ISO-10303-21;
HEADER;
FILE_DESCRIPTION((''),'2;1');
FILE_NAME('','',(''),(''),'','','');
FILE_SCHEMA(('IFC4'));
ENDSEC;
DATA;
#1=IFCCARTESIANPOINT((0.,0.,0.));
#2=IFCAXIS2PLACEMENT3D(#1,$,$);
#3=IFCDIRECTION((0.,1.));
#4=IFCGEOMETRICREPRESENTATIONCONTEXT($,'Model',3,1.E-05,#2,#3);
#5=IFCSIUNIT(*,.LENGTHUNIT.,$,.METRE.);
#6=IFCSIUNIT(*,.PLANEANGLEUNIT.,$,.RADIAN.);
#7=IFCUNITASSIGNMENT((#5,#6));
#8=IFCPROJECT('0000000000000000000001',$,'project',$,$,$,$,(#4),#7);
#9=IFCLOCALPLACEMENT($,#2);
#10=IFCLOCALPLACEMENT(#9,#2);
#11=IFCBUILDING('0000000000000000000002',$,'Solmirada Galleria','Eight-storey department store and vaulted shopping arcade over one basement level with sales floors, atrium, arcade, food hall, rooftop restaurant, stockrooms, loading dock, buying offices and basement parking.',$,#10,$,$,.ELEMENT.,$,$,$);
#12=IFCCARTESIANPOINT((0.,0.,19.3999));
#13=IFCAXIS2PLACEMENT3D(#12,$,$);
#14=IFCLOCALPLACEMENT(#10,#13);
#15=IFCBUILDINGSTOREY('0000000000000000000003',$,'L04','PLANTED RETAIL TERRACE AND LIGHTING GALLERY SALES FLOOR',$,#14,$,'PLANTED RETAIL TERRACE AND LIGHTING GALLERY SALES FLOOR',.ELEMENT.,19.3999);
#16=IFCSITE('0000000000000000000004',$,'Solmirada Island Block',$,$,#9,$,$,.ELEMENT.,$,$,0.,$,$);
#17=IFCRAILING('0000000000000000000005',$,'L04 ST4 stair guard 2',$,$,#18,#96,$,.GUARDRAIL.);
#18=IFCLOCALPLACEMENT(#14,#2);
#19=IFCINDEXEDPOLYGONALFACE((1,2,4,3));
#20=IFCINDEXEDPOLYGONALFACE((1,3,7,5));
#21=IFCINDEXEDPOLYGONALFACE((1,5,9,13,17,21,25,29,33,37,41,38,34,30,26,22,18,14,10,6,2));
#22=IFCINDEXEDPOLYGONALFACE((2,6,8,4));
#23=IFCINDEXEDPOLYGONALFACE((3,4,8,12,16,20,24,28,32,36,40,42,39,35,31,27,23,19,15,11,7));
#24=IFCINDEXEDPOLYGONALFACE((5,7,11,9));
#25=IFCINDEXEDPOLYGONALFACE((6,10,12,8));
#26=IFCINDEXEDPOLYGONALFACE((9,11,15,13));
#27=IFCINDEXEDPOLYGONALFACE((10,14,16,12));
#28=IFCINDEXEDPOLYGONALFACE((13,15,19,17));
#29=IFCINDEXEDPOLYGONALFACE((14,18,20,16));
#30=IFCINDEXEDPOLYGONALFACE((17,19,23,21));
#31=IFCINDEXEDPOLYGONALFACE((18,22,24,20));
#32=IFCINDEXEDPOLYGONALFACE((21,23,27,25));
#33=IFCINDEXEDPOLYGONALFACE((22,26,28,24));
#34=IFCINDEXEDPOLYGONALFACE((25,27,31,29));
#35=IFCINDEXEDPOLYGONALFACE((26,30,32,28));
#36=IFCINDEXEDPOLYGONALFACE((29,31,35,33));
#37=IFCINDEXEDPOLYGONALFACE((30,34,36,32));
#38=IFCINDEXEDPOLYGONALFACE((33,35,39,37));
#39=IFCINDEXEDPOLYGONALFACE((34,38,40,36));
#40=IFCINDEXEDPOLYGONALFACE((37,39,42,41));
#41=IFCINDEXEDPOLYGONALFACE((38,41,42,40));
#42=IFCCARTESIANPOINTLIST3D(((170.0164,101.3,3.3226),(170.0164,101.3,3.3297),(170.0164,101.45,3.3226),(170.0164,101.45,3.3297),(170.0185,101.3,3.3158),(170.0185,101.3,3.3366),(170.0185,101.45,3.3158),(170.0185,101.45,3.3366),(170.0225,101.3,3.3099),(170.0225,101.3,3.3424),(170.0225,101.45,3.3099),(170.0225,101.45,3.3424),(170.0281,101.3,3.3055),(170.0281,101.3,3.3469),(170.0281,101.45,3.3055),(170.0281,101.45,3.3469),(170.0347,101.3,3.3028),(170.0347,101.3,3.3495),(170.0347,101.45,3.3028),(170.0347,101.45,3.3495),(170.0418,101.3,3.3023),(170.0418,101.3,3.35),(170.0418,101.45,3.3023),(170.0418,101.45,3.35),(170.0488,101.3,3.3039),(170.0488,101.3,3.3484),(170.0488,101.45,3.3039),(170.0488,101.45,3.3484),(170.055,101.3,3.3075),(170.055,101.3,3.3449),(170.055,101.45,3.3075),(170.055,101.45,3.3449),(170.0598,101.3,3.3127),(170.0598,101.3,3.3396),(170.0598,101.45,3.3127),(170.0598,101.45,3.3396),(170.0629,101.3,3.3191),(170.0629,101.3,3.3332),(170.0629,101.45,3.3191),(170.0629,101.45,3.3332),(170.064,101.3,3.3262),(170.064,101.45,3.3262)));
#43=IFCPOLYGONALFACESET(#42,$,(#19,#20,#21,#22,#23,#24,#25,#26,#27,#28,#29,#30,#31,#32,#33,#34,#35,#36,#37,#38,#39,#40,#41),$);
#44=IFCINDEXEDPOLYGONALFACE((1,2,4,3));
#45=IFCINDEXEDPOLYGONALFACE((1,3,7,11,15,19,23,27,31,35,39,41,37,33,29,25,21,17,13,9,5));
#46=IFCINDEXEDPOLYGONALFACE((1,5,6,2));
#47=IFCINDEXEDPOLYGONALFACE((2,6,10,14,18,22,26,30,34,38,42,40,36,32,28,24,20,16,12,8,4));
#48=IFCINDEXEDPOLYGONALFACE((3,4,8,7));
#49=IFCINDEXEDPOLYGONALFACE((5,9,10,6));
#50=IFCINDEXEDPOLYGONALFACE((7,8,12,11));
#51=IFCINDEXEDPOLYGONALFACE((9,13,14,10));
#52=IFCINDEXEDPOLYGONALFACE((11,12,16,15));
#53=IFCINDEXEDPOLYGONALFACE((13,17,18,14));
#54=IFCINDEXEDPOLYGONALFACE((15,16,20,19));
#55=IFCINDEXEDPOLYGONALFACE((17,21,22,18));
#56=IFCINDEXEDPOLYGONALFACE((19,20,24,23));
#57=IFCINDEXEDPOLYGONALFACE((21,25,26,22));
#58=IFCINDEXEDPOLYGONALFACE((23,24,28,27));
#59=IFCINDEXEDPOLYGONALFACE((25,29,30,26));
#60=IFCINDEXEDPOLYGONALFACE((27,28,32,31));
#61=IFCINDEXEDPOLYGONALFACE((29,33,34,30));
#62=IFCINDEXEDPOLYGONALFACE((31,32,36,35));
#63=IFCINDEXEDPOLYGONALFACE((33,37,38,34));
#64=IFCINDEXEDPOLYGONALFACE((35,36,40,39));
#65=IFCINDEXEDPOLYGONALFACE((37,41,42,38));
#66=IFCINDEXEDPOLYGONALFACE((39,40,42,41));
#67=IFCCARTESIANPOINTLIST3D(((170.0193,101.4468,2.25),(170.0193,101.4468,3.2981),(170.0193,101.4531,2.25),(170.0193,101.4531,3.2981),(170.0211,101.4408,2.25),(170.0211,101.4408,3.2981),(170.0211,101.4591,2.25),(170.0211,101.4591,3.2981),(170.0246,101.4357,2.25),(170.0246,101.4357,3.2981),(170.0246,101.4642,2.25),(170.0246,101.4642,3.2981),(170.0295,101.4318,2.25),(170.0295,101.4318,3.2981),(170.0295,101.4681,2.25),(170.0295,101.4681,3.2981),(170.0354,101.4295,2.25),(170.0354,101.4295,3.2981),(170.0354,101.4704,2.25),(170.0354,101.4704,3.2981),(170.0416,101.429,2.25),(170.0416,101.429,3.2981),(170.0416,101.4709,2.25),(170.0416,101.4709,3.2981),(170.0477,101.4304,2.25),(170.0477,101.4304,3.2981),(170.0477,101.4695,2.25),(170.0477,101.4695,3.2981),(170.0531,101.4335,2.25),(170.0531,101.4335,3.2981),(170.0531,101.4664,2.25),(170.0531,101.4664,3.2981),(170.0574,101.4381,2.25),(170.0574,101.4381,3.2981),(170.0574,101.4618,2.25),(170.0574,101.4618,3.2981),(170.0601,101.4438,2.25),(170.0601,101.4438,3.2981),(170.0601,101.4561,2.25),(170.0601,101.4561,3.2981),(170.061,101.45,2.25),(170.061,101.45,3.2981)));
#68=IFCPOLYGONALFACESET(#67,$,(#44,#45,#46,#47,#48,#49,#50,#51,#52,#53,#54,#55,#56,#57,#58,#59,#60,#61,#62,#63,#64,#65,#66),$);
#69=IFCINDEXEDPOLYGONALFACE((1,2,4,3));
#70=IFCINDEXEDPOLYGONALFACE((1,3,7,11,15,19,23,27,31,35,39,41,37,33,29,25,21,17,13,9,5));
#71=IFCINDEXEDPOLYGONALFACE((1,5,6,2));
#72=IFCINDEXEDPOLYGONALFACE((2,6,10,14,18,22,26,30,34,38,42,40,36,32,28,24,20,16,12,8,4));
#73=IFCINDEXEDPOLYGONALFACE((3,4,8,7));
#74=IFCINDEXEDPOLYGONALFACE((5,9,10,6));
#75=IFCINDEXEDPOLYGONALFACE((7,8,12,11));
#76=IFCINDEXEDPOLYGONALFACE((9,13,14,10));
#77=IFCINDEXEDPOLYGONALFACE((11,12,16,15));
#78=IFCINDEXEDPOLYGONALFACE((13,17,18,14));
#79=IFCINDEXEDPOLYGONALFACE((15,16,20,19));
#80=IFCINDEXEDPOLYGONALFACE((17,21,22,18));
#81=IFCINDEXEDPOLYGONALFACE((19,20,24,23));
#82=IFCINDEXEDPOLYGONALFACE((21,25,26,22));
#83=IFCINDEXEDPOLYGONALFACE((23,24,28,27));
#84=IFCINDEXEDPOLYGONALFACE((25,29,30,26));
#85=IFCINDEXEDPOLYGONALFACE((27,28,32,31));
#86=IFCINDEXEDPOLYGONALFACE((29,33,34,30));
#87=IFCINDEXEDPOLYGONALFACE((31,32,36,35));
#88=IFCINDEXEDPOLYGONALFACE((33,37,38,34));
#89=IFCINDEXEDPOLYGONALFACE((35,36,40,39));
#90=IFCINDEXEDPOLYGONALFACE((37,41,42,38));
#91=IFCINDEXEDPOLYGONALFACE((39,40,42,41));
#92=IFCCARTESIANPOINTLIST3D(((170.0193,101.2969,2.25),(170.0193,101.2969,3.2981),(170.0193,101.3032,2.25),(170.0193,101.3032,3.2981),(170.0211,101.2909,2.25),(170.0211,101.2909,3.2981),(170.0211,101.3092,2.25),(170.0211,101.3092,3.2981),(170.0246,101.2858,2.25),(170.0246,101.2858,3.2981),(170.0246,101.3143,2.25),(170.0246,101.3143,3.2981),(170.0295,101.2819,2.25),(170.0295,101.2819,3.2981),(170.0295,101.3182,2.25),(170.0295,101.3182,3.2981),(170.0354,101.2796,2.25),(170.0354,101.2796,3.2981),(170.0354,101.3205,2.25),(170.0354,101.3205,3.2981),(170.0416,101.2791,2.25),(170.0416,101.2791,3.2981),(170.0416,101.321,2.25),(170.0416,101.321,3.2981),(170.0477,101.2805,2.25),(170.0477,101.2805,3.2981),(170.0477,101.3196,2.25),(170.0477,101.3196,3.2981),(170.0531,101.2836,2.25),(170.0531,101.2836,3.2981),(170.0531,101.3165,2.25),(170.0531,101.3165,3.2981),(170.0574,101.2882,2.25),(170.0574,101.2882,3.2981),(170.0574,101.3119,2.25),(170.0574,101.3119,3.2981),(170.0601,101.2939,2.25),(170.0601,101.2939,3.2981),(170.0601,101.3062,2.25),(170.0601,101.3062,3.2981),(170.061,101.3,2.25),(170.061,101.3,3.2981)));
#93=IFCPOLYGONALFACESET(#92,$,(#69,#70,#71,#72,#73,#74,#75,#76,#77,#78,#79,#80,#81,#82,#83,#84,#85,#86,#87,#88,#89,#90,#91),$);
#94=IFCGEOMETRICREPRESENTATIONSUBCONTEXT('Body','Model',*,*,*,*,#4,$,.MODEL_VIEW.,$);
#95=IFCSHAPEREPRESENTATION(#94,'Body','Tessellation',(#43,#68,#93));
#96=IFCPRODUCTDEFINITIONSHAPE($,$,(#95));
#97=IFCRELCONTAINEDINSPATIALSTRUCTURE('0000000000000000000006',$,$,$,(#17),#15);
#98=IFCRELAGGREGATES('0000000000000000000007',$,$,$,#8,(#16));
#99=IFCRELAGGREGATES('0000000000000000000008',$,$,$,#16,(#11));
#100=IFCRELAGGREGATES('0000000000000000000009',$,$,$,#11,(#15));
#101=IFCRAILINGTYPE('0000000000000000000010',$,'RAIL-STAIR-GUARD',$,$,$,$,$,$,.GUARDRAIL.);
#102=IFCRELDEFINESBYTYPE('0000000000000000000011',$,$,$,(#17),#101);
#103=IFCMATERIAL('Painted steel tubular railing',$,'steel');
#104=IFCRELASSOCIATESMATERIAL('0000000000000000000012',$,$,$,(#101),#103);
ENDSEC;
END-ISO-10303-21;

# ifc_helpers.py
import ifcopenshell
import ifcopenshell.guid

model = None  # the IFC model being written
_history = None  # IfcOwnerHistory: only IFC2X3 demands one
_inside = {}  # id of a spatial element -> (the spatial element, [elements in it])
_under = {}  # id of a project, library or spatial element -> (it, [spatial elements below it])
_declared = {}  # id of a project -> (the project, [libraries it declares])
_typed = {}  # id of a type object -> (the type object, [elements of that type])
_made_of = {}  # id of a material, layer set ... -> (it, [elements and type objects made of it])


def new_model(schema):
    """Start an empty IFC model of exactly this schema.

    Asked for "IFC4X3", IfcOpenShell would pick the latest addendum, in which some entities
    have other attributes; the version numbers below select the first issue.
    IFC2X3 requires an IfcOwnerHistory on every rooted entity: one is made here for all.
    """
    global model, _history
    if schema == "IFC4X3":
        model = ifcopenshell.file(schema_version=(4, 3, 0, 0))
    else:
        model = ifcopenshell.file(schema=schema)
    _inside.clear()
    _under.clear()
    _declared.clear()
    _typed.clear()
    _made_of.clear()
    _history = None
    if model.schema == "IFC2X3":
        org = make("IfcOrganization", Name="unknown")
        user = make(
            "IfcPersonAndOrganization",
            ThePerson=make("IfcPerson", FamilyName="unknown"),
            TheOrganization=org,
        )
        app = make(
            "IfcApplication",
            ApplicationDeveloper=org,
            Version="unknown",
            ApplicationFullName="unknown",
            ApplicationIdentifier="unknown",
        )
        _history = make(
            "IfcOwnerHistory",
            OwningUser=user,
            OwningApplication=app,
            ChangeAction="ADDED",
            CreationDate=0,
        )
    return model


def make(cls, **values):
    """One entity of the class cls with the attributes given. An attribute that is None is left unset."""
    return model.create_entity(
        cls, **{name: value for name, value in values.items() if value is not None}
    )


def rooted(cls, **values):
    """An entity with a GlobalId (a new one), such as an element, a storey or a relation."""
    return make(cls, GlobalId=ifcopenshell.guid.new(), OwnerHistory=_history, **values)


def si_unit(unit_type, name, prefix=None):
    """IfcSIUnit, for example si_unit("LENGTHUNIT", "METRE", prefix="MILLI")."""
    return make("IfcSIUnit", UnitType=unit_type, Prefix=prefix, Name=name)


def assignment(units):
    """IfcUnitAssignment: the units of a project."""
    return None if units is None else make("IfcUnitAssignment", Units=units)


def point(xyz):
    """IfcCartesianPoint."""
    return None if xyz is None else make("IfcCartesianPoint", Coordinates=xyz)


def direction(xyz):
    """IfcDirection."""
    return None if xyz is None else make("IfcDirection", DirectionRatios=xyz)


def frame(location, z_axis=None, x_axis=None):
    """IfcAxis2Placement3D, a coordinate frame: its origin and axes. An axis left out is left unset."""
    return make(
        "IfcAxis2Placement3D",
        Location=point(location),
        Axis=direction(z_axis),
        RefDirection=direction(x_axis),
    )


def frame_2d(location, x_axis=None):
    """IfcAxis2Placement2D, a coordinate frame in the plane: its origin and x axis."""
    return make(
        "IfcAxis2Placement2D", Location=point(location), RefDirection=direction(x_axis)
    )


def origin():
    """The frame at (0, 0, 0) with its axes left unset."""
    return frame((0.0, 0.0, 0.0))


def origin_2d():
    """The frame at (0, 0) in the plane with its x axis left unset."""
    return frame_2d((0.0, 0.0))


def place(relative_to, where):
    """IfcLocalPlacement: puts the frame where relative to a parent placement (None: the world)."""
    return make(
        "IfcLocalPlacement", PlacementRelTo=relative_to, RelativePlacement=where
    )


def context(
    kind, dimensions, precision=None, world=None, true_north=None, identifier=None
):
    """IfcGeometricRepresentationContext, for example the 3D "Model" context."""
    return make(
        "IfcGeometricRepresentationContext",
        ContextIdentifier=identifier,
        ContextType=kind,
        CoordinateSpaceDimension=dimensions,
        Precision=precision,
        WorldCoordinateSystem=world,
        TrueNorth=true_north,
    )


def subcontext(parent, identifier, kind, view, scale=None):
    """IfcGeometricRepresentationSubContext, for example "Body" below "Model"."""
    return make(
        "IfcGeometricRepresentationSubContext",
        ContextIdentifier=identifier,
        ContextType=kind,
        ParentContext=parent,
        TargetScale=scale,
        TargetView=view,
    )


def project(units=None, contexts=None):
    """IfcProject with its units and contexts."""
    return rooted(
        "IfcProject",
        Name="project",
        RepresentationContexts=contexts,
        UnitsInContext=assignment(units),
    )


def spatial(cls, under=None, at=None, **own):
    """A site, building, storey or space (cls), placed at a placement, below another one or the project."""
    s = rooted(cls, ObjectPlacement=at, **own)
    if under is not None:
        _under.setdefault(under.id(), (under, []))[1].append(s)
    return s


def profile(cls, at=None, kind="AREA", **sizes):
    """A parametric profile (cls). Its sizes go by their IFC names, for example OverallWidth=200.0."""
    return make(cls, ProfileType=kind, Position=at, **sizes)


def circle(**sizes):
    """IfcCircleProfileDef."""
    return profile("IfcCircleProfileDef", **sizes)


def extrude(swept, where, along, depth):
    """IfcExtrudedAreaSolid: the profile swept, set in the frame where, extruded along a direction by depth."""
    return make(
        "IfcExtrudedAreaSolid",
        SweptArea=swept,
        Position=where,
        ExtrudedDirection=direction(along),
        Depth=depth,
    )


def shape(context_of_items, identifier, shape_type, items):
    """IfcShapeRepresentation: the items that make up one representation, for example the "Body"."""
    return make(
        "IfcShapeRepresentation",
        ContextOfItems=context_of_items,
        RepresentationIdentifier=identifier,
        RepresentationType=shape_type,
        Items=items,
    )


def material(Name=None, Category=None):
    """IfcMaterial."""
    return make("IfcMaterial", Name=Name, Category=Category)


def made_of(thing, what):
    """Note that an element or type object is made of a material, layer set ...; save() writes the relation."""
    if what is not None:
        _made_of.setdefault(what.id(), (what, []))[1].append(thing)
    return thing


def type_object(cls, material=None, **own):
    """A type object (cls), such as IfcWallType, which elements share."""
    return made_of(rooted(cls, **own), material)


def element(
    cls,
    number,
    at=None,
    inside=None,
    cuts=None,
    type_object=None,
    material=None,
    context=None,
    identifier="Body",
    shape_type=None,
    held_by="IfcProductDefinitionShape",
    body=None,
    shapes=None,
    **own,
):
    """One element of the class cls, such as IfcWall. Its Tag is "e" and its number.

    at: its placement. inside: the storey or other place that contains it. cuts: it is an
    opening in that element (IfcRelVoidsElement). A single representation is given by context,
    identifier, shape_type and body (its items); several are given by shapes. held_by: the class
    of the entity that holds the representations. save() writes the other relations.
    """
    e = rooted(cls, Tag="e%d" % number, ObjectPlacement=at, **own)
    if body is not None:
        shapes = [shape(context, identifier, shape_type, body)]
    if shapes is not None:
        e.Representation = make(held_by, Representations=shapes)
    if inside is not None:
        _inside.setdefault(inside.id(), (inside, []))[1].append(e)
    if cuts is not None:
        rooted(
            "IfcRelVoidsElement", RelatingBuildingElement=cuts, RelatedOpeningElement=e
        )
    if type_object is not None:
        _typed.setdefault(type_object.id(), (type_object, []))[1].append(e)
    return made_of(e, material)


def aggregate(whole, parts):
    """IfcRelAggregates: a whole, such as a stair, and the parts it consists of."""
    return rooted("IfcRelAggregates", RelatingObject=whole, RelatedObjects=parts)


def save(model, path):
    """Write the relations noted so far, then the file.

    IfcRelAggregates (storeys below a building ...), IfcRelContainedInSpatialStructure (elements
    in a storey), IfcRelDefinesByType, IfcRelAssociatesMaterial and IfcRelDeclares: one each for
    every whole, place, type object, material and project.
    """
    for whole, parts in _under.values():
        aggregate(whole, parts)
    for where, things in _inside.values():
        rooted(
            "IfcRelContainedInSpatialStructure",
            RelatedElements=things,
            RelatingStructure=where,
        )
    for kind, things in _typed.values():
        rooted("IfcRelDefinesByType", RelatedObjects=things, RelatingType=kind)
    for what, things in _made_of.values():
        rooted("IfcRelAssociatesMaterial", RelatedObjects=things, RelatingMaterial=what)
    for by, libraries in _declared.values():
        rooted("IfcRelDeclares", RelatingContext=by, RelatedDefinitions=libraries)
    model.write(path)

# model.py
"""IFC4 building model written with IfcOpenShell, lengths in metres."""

from ifc_helpers import new_model, si_unit, direction, frame, origin, origin_2d, place, context, subcontext, project, spatial, circle, extrude, material, type_object, element, save


model = new_model("IFC4")

# Units and contexts
model_context = context("Model", 3, precision=1e-05, world=origin(), true_north=direction((0.0, 1.0)))
body_context = subcontext(model_context, "Body", "Model", "MODEL_VIEW")
ifc_project = project(units=[si_unit("LENGTHUNIT", "METRE"), si_unit("PLANEANGLEUNIT", "RADIAN")], contexts=[model_context])

# Site, building, storey
site_placement = place(None, origin())
site = spatial("IfcSite", under=ifc_project, at=site_placement, Name="Solmirada Island Block", CompositionType="ELEMENT", RefElevation=0.0)
building_placement = place(site_placement, origin())
building = spatial("IfcBuilding", under=site, at=building_placement, Name="Solmirada Galleria", Description="Eight-storey department store and vaulted shopping arcade over one basement level with sales floors, atrium, arcade, food hall, rooftop restaurant, stockrooms, loading dock, buying offices and basement parking.", CompositionType="ELEMENT")
storey_placement = place(building_placement, frame((0.0, 0.0, 19.3999)))
storey = spatial("IfcBuildingStorey", under=building, at=storey_placement, Name="L04", Description="PLANTED RETAIL TERRACE AND LIGHTING GALLERY SALES FLOOR", LongName="PLANTED RETAIL TERRACE AND LIGHTING GALLERY SALES FLOOR", CompositionType="ELEMENT", Elevation=19.3999)

# Railing
ifc_material_1 = material(Name="Painted steel tubular railing", Category="steel")
railing_type_1 = type_object("IfcRailingType", Name="RAIL-STAIR-GUARD", PredefinedType="GUARDRAIL", material=ifc_material_1)
railing_1_placement = place(storey_placement, frame((170.04, 101.45, 2.25)))
element("IfcRailing", 1, at=railing_1_placement, inside=storey, type_object=railing_type_1, Name="L04 ST4 stair guard 2", PredefinedType="GUARDRAIL", context=body_context, shape_type="SweptSolid", body=[
    extrude(circle(Radius=0.0239, at=origin_2d()), frame((0.0, 0.0, 1.0762), z_axis=(0.0, -1.0, 0.0), x_axis=(1.0, 0.0, 0.0)), (0.0, 0.0, 1.0), 0.1499),
    extrude(circle(Radius=0.021, at=origin_2d()), origin(), (0.0, 0.0, 1.0), 1.0481),
    extrude(circle(Radius=0.021, at=origin_2d()), frame((0.0, -0.1499, 0.0)), (0.0, 0.0, 1.0), 1.0481),
])

save(model, "model.ifc")
